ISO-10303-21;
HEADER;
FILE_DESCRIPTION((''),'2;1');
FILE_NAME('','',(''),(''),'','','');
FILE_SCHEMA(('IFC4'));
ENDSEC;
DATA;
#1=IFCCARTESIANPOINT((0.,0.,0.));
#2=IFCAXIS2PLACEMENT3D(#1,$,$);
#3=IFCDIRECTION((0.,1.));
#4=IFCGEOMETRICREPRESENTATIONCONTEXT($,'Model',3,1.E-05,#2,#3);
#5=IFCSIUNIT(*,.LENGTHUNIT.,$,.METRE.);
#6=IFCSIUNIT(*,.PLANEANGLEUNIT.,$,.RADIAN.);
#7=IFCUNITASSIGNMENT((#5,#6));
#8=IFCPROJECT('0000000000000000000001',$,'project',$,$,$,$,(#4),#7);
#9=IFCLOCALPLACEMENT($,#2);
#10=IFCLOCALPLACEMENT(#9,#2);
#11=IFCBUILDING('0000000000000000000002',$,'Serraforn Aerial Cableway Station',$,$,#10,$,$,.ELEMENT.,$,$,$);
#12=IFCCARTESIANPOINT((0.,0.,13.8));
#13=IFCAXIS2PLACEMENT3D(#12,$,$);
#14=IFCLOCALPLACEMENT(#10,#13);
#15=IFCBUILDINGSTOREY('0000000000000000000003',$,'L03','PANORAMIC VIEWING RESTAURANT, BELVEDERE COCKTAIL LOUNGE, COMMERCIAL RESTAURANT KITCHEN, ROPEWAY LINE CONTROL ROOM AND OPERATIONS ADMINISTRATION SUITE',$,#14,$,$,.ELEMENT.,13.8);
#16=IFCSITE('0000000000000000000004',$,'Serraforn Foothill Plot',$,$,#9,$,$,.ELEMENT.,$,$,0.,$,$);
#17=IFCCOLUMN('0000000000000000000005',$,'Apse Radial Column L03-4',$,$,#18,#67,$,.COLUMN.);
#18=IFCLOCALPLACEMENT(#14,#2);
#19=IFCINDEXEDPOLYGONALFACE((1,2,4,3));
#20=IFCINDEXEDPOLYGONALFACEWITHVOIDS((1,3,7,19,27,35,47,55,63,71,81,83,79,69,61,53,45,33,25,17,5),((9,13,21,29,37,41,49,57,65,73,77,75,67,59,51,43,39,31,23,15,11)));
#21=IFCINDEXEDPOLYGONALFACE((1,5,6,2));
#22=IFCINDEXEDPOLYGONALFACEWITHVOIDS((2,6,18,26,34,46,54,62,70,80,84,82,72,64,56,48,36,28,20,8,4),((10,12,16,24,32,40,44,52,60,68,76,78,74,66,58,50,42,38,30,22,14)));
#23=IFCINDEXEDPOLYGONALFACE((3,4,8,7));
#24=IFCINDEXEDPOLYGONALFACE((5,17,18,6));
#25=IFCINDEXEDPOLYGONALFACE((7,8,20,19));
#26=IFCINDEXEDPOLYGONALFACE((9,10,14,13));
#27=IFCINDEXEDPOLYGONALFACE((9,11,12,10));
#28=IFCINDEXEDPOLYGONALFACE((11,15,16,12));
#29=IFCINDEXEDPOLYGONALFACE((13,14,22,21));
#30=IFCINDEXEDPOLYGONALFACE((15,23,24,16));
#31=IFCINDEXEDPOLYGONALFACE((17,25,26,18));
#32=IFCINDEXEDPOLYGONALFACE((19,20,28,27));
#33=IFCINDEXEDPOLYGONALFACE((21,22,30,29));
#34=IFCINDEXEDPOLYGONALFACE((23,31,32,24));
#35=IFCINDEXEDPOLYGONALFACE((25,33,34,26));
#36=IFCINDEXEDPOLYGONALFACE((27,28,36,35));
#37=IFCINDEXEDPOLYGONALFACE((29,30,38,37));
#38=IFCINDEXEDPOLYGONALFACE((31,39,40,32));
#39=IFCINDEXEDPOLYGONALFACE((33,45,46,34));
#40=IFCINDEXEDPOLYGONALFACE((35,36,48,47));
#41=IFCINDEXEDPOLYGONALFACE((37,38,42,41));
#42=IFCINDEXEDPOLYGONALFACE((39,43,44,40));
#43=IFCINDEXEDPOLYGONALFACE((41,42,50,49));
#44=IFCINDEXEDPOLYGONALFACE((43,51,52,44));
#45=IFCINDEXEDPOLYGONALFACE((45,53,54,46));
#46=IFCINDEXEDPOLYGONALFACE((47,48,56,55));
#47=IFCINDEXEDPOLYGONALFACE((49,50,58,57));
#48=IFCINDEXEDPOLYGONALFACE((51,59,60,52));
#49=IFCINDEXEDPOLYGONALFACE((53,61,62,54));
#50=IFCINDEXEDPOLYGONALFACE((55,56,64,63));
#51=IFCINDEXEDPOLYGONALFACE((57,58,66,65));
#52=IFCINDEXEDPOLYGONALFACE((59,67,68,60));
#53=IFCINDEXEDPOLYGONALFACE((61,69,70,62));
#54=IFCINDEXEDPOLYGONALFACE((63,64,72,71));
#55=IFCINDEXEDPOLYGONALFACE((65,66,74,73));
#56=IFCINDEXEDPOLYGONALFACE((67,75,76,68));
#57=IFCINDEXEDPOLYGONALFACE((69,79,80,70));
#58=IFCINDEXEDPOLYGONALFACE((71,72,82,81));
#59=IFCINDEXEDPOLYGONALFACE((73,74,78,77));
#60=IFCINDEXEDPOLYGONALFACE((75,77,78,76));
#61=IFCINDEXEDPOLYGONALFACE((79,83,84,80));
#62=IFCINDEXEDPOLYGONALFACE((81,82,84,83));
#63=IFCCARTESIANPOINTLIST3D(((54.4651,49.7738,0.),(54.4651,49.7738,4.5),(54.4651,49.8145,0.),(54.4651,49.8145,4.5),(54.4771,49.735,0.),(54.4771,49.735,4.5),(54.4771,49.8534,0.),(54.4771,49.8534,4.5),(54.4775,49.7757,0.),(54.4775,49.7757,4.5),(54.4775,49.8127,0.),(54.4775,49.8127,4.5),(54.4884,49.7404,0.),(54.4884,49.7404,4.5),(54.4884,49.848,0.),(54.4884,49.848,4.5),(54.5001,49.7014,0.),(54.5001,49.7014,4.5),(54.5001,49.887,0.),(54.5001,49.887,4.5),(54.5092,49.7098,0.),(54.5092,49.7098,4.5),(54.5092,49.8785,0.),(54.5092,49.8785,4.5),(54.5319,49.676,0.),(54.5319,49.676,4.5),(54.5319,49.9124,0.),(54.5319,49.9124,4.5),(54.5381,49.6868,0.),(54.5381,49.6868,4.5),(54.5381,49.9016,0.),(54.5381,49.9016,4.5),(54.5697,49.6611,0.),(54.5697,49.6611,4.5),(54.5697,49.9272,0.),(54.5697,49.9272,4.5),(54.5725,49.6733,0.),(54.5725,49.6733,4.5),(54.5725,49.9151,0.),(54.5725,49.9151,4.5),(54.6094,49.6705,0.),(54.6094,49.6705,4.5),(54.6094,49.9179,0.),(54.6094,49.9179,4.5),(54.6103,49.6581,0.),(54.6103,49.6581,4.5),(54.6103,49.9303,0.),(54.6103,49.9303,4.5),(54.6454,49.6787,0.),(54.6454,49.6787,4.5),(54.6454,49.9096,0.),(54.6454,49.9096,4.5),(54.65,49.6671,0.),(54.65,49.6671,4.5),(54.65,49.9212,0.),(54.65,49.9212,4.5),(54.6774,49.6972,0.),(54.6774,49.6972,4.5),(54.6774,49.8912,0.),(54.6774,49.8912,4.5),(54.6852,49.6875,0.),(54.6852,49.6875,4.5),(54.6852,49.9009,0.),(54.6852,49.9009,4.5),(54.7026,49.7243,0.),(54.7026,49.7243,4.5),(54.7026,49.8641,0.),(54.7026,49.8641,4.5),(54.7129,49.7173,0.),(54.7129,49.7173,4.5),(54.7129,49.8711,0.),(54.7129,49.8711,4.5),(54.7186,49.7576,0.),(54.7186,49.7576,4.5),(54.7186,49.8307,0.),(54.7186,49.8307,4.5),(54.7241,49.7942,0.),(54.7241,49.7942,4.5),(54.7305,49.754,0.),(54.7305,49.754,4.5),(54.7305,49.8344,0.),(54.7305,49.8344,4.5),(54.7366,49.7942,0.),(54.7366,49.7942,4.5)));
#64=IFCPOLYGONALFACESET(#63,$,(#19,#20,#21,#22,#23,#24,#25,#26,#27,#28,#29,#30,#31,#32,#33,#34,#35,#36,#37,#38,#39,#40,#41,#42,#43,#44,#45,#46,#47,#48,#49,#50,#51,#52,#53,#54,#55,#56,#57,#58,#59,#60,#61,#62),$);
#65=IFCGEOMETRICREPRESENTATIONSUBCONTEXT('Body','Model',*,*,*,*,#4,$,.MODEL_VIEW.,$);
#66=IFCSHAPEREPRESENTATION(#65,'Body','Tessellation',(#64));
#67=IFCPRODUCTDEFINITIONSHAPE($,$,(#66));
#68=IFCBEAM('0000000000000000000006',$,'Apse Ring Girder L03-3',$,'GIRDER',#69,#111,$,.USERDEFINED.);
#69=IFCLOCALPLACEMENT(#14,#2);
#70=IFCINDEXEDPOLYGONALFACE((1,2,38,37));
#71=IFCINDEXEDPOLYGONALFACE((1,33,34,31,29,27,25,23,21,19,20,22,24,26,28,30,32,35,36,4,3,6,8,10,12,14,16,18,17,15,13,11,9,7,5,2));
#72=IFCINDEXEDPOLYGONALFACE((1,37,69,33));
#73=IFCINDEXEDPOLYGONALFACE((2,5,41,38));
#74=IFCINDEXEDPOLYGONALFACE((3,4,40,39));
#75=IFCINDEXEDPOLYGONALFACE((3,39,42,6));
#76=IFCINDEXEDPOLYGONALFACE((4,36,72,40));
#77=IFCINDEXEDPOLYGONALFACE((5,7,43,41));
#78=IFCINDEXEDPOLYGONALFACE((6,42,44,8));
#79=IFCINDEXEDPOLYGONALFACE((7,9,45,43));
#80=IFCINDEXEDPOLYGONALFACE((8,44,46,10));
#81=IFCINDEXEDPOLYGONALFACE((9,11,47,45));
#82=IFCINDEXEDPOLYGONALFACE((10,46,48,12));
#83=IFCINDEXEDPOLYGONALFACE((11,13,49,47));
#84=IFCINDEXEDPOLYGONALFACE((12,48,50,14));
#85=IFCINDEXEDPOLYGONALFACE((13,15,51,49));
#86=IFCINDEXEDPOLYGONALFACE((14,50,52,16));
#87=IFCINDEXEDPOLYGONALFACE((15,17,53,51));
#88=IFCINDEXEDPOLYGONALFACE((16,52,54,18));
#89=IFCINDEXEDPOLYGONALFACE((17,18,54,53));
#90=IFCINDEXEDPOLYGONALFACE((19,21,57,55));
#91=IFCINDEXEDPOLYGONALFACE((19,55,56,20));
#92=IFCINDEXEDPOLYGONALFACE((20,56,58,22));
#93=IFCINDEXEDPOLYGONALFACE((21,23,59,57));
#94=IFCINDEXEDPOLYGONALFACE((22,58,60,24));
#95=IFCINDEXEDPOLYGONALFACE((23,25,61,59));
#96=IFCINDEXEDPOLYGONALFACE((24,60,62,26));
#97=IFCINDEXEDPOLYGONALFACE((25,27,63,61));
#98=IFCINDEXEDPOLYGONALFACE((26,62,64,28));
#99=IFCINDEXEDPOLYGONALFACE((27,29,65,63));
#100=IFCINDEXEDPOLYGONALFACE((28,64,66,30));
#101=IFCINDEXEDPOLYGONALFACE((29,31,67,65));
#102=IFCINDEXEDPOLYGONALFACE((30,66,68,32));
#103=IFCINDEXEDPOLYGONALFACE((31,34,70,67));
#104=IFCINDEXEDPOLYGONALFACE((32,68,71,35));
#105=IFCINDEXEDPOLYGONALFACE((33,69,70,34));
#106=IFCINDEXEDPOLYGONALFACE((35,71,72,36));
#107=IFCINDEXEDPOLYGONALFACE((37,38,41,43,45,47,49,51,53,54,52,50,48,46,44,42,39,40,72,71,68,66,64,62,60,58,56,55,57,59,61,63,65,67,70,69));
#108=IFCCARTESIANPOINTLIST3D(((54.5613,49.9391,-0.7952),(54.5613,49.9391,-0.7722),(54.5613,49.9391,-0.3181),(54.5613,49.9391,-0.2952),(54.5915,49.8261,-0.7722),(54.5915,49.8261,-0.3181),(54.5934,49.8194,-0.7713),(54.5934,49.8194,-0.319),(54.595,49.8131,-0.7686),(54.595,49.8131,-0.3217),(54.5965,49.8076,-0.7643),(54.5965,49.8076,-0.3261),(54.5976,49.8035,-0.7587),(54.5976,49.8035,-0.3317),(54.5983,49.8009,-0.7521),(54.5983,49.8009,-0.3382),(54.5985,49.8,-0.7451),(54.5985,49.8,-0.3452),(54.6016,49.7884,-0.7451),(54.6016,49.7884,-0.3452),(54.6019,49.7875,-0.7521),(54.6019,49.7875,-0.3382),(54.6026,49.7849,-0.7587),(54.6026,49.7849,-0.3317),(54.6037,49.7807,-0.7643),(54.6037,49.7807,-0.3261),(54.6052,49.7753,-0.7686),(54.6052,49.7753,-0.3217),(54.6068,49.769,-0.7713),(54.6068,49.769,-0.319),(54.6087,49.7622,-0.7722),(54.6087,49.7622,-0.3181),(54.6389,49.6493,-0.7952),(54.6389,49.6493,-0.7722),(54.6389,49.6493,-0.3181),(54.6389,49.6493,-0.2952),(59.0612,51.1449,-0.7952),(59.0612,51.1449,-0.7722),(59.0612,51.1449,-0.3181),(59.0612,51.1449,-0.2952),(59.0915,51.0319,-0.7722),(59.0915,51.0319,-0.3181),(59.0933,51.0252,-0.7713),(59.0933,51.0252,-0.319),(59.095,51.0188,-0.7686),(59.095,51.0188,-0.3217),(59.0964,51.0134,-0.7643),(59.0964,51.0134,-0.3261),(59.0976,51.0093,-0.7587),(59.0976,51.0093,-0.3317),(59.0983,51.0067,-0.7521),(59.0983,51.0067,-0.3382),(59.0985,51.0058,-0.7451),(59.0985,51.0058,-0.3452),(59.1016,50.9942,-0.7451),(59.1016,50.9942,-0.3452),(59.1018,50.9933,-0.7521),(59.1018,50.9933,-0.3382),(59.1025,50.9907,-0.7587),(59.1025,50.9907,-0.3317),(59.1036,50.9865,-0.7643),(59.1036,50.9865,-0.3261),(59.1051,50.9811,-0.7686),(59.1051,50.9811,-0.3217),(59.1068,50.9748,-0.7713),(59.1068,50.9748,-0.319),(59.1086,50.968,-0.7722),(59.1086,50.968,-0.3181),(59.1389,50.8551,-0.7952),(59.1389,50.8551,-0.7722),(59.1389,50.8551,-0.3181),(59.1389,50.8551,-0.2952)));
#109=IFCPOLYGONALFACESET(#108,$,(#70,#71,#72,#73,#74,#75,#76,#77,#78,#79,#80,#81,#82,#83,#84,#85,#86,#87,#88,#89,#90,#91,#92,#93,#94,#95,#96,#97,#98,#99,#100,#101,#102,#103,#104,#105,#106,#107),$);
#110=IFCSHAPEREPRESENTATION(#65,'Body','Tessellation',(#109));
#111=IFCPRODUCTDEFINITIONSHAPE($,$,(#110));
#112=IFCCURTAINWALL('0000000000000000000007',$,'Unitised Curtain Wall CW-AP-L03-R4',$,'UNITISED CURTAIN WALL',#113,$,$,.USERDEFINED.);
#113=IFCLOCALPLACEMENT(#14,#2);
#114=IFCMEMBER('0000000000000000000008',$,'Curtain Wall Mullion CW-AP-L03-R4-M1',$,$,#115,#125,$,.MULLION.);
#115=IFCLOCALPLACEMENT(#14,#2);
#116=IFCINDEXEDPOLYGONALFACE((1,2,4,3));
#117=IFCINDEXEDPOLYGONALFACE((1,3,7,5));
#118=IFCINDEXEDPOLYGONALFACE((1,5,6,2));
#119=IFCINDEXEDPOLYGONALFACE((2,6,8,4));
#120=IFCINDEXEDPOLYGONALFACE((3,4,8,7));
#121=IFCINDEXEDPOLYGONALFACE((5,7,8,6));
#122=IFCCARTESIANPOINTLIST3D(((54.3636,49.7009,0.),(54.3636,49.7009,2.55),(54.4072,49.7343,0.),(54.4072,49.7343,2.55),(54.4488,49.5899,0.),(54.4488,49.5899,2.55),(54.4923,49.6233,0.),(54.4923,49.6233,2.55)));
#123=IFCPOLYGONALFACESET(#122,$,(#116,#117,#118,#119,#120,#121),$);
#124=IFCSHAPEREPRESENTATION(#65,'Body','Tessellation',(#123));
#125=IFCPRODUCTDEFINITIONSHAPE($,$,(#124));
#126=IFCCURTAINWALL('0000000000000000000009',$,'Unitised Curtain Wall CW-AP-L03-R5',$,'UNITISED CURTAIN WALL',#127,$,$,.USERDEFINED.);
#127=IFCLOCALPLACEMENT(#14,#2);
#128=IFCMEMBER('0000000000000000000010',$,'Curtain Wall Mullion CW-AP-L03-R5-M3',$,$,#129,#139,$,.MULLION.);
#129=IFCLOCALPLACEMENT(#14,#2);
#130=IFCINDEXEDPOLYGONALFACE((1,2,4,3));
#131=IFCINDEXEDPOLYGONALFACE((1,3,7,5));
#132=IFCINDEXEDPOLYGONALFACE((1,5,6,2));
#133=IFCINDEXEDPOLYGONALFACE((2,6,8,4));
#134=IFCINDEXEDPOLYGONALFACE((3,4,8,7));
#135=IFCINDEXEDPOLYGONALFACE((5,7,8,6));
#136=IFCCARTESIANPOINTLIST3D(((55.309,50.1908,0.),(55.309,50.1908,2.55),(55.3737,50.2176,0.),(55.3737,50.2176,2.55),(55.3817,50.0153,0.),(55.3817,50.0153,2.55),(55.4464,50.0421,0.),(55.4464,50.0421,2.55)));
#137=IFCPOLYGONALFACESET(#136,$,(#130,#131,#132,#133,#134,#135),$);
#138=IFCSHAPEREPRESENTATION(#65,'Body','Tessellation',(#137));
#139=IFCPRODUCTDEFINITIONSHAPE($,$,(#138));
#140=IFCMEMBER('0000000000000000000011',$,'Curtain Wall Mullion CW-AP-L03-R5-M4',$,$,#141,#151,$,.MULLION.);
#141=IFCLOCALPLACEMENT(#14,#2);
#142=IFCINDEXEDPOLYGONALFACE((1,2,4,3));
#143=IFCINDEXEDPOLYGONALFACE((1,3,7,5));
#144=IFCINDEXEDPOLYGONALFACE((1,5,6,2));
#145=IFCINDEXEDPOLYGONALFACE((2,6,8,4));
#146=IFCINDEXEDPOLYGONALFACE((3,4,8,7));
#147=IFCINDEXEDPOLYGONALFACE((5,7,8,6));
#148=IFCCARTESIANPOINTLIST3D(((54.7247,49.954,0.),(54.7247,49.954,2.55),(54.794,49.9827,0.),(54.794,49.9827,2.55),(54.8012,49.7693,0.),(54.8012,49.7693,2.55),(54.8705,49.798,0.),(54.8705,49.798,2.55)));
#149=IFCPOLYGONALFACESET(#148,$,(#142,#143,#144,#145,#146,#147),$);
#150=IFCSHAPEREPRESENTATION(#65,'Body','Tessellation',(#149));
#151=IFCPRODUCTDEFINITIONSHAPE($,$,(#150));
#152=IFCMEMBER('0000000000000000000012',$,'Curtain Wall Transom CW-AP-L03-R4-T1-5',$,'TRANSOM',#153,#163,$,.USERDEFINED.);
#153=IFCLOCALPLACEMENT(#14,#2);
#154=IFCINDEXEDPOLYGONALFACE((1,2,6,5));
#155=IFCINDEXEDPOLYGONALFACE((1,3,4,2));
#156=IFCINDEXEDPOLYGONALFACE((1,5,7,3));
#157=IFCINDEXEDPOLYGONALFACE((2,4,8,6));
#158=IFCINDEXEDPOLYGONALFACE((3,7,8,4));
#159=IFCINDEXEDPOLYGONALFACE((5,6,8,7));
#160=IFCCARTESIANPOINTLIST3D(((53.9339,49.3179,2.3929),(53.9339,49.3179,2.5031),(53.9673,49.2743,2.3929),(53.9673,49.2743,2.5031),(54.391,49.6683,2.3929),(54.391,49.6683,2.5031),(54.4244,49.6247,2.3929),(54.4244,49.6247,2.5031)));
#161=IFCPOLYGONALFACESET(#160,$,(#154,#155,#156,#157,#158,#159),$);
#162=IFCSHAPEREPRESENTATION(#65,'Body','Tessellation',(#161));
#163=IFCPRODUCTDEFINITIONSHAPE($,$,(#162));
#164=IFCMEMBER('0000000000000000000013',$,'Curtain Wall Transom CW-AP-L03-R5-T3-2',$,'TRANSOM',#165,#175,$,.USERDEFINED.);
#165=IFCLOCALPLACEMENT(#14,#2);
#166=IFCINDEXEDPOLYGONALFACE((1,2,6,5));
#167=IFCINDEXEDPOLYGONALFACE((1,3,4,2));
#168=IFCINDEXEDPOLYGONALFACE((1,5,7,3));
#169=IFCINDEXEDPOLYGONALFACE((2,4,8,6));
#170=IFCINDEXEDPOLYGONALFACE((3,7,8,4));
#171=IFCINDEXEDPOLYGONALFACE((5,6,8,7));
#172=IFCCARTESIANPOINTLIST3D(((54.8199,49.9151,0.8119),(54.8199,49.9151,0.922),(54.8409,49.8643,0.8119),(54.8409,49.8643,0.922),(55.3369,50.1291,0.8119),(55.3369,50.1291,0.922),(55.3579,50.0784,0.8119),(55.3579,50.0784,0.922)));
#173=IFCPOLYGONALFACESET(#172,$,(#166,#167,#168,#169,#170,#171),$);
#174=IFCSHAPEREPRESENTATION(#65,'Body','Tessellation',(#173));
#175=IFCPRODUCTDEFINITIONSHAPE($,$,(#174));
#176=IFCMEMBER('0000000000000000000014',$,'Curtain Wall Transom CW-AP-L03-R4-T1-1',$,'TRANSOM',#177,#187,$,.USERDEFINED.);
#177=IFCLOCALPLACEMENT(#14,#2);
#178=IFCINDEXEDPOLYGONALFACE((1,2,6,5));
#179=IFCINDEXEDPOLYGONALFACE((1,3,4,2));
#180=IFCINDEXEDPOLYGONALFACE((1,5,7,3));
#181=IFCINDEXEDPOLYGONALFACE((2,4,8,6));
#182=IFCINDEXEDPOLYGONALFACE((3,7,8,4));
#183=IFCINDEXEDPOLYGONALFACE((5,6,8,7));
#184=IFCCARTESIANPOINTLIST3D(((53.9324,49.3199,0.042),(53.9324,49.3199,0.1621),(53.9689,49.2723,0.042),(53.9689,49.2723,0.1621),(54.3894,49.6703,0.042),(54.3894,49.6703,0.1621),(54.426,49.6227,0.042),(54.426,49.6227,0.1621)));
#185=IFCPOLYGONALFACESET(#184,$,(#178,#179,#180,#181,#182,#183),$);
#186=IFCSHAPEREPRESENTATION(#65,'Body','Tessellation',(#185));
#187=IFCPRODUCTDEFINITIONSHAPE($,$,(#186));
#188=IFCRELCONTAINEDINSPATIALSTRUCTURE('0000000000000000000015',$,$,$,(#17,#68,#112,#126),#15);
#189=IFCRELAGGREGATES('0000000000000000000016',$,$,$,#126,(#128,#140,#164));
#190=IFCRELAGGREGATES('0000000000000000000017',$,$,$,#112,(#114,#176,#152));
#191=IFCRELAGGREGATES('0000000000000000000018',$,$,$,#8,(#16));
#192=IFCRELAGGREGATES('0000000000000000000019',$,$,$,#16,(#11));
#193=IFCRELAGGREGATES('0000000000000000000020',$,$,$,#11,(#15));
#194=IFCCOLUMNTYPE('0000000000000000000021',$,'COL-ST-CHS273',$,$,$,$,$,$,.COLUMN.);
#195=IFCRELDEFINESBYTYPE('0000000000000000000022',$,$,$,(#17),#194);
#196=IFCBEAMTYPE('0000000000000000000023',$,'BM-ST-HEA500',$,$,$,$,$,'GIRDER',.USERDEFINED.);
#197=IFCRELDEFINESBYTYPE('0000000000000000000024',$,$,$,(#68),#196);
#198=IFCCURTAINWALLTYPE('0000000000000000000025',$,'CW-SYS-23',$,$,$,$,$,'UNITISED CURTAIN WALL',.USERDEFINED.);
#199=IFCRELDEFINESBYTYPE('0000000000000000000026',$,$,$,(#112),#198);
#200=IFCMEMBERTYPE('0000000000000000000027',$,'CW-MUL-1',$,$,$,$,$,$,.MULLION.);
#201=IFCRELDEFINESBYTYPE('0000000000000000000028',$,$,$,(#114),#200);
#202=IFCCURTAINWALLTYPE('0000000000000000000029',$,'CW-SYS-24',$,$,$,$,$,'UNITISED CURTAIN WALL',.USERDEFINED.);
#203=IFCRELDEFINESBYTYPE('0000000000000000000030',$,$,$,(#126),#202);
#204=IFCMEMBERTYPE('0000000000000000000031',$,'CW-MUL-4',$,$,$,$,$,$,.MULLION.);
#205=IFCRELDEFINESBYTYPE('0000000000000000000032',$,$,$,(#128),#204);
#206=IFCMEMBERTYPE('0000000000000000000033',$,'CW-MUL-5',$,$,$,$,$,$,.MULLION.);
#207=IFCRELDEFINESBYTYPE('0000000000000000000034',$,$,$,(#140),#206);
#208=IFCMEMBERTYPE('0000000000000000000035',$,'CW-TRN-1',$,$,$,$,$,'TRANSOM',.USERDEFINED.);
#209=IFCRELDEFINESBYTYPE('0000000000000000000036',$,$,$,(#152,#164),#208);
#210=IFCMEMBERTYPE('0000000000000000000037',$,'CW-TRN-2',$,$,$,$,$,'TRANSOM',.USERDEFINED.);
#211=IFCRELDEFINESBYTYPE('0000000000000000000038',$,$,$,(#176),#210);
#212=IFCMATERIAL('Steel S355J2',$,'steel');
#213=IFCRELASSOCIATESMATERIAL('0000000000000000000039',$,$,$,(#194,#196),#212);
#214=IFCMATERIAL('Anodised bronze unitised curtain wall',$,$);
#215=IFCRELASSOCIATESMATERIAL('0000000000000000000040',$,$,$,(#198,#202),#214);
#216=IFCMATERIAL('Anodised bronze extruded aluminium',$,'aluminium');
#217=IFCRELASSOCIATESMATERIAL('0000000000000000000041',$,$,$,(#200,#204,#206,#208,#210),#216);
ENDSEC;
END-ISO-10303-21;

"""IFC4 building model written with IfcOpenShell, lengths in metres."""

from ifc_helpers import new_model, si_unit, direction, frame, origin, origin_2d, place, context, subcontext, project, spatial, rectangle, hollow_circle, i_section, extrude, material, material_profile, profile_set, type_object, element, aggregate, save


model = new_model("IFC4")

# Units and contexts
model_context = context("Model", 3, precision=1e-05, world=origin(), true_north=direction((0.0, 1.0)))
body_context = subcontext(model_context, "Body", "Model", "MODEL_VIEW")
ifc_project = project(units=[si_unit("LENGTHUNIT", "METRE"), si_unit("PLANEANGLEUNIT", "RADIAN")], contexts=[model_context])

# Site, building, storey
site_placement = place(None, origin())
site = spatial("IfcSite", under=ifc_project, at=site_placement, Name="Serraforn Foothill Plot", CompositionType="ELEMENT", RefElevation=0.0)
building_placement = place(site_placement, origin())
building = spatial("IfcBuilding", under=site, at=building_placement, Name="Serraforn Aerial Cableway Station", CompositionType="ELEMENT")
storey_placement = place(building_placement, frame((0.0, 0.0, 13.8)))
storey = spatial("IfcBuildingStorey", under=building, at=storey_placement, Name="L03", Description="PANORAMIC VIEWING RESTAURANT, BELVEDERE COCKTAIL LOUNGE, COMMERCIAL RESTAURANT KITCHEN, ROPEWAY LINE CONTROL ROOM AND OPERATIONS ADMINISTRATION SUITE", CompositionType="ELEMENT", Elevation=13.8)

# Column
ifc_material_1 = material(Name="Steel S355J2", Category="steel")
ifc_material_profile_1 = material_profile(ifc_material_1, hollow_circle(Radius=0.1365, WallThickness=0.0125, at=origin_2d()), Name="CHS 273.0x12.5")
ifc_profile_set_1 = profile_set([ifc_material_profile_1], Name="Steel S355J2")
column_type = type_object("IfcColumnType", Name="COL-ST-CHS273", PredefinedType="COLUMN", material=ifc_profile_set_1)
column_placement = place(storey_placement, frame((54.6001, 49.7942, 0.0), z_axis=(0.0, 0.0, 1.0), x_axis=(1.0, 0.0, 0.0)))
element("IfcColumn", 1, at=column_placement, inside=storey, type_object=column_type, Name="Apse Radial Column L03-4", PredefinedType="COLUMN", context=body_context, shape_type="SweptSolid", body=[
    extrude(hollow_circle(Radius=0.1365, WallThickness=0.0125, at=origin_2d()), origin(), (0.0, 0.0, 1.0), 4.5),
])

# Beam
ifc_material_profile_2 = material_profile(ifc_material_1, i_section(OverallWidth=0.3, OverallDepth=0.5, WebThickness=0.012, FlangeThickness=0.0229, FilletRadius=0.0271, at=origin_2d()), Name="HEA 500")
ifc_profile_set_2 = profile_set([ifc_material_profile_2], Name="Steel S355J2")
beam_type = type_object("IfcBeamType", Name="BM-ST-HEA500", ElementType="GIRDER", PredefinedType="USERDEFINED", material=ifc_profile_set_2)
beam_placement = place(storey_placement, frame((54.6001, 49.7942, -0.5452), z_axis=(0.965924, 0.258827, 0.0), x_axis=(-0.258827, 0.965924, 0.0)))
element("IfcBeam", 2, at=beam_placement, inside=storey, type_object=beam_type, Name="Apse Ring Girder L03-3", ObjectType="GIRDER", PredefinedType="USERDEFINED", context=body_context, shape_type="SweptSolid", body=[
    extrude(i_section(OverallWidth=0.3, OverallDepth=0.5, WebThickness=0.012, FlangeThickness=0.0229, FilletRadius=0.0271, at=origin_2d()), origin(), (0.0, 0.0, 1.0), 4.6587),
])

# Curtain wall, member
ifc_material_2 = material(Name="Anodised bronze unitised curtain wall")
curtain_wall_type_1 = type_object("IfcCurtainWallType", Name="CW-SYS-23", ElementType="UNITISED CURTAIN WALL", PredefinedType="USERDEFINED", material=ifc_material_2)
curtain_wall_1_placement = place(storey_placement, origin())
curtain_wall_1 = element("IfcCurtainWall", 3, at=curtain_wall_1_placement, inside=storey, type_object=curtain_wall_type_1, Name="Unitised Curtain Wall CW-AP-L03-R4", ObjectType="UNITISED CURTAIN WALL", PredefinedType="USERDEFINED")
ifc_material_3 = material(Name="Anodised bronze extruded aluminium", Category="aluminium")
ifc_material_profile_3 = material_profile(ifc_material_3, rectangle(XDim=0.0549, YDim=0.1399, at=origin_2d()), Name="CW MULLION 55x140")
ifc_profile_set_3 = profile_set([ifc_material_profile_3], Name="Anodised bronze extruded aluminium")
member_type_1 = type_object("IfcMemberType", Name="CW-MUL-1", PredefinedType="MULLION", material=ifc_profile_set_3)
member_1_placement = place(storey_placement, frame((54.428, 49.6621, 0.0), z_axis=(0.0, 0.0, 1.0), x_axis=(-0.793363, -0.608749, 0.0)))
member_1 = element("IfcMember", 4, at=member_1_placement, type_object=member_type_1, Name="Curtain Wall Mullion CW-AP-L03-R4-M1", PredefinedType="MULLION", context=body_context, shape_type="SweptSolid", body=[
    extrude(rectangle(XDim=0.0549, YDim=0.1399, at=origin_2d()), origin(), (0.0, 0.0, 1.0), 2.55),
])

# Curtain wall, members
curtain_wall_type_2 = type_object("IfcCurtainWallType", Name="CW-SYS-24", ElementType="UNITISED CURTAIN WALL", PredefinedType="USERDEFINED", material=ifc_material_2)
curtain_wall_2_placement = place(storey_placement, origin())
curtain_wall_2 = element("IfcCurtainWall", 5, at=curtain_wall_2_placement, inside=storey, type_object=curtain_wall_type_2, Name="Unitised Curtain Wall CW-AP-L03-R5", ObjectType="UNITISED CURTAIN WALL", PredefinedType="USERDEFINED")
ifc_material_profile_4 = material_profile(ifc_material_3, rectangle(XDim=0.0701, YDim=0.1899, at=origin_2d()), Name="CW MULLION 70x190")
ifc_profile_set_4 = profile_set([ifc_material_profile_4], Name="Anodised bronze extruded aluminium")
member_type_2 = type_object("IfcMemberType", Name="CW-MUL-4", PredefinedType="MULLION", material=ifc_profile_set_4)
member_2_placement = place(storey_placement, frame((55.3777, 50.1165, 0.0), z_axis=(0.0, 0.0, 1.0), x_axis=(-0.923887, -0.382666, 0.0)))
member_2 = element("IfcMember", 6, at=member_2_placement, type_object=member_type_2, Name="Curtain Wall Mullion CW-AP-L03-R5-M3", PredefinedType="MULLION", context=body_context, shape_type="SweptSolid", body=[
    extrude(rectangle(XDim=0.0701, YDim=0.1899, at=origin_2d()), origin(), (0.0, 0.0, 1.0), 2.55),
])
ifc_material_profile_5 = material_profile(ifc_material_3, rectangle(XDim=0.075, YDim=0.2, at=origin_2d()), Name="CW MULLION 75x200")
ifc_profile_set_5 = profile_set([ifc_material_profile_5], Name="Anodised bronze extruded aluminium")
member_type_3 = type_object("IfcMemberType", Name="CW-MUL-5", PredefinedType="MULLION", material=ifc_profile_set_5)
member_3_placement = place(storey_placement, frame((54.7976, 49.876, 0.0), z_axis=(0.0, 0.0, 1.0), x_axis=(-0.923887, -0.382666, 0.0)))
member_3 = element("IfcMember", 7, at=member_3_placement, type_object=member_type_3, Name="Curtain Wall Mullion CW-AP-L03-R5-M4", PredefinedType="MULLION", context=body_context, shape_type="SweptSolid", body=[
    extrude(rectangle(XDim=0.075, YDim=0.2, at=origin_2d()), origin(), (0.0, 0.0, 1.0), 2.55),
])

# Members
ifc_material_profile_6 = material_profile(ifc_material_3, rectangle(XDim=0.0549, YDim=0.1101, at=origin_2d()), Name="CW TRANSOM 55x110")
ifc_profile_set_6 = profile_set([ifc_material_profile_6], Name="Anodised bronze extruded aluminium")
member_type_4 = type_object("IfcMemberType", Name="CW-TRN-1", ElementType="TRANSOM", PredefinedType="USERDEFINED", material=ifc_profile_set_6)
member_4_placement = place(storey_placement, frame((54.4077, 49.6465, 2.448), z_axis=(-0.793647, -0.608378, 0.0), x_axis=(0.608378, -0.793647, 0.0)))
member_4 = element("IfcMember", 8, at=member_4_placement, type_object=member_type_4, Name="Curtain Wall Transom CW-AP-L03-R4-T1-5", ObjectType="TRANSOM", PredefinedType="USERDEFINED", context=body_context, shape_type="SweptSolid", body=[
    extrude(rectangle(XDim=0.0549, YDim=0.1101, at=origin_2d()), origin(), (0.0, 0.0, 1.0), 0.5759),
])
member_5_placement = place(storey_placement, frame((55.3474, 50.1038, 0.8669), z_axis=(-0.923926, -0.38257, 0.0), x_axis=(0.38257, -0.923926, 0.0)))
member_5 = element("IfcMember", 9, at=member_5_placement, type_object=member_type_4, Name="Curtain Wall Transom CW-AP-L03-R5-T3-2", ObjectType="TRANSOM", PredefinedType="USERDEFINED", context=body_context, shape_type="SweptSolid", body=[
    extrude(rectangle(XDim=0.0549, YDim=0.1101, at=origin_2d()), origin(), (0.0, 0.0, 1.0), 0.5596),
])
ifc_material_profile_7 = material_profile(ifc_material_3, rectangle(XDim=0.0601, YDim=0.1201, at=origin_2d()), Name="CW TRANSOM 60x120")
ifc_profile_set_7 = profile_set([ifc_material_profile_7], Name="Anodised bronze extruded aluminium")
member_type_5 = type_object("IfcMemberType", Name="CW-TRN-2", ElementType="TRANSOM", PredefinedType="USERDEFINED", material=ifc_profile_set_7)
member_6_placement = place(storey_placement, frame((54.4077, 49.6465, 0.1021), z_axis=(-0.793647, -0.608378, 0.0), x_axis=(0.608378, -0.793647, 0.0)))
member_6 = element("IfcMember", 10, at=member_6_placement, type_object=member_type_5, Name="Curtain Wall Transom CW-AP-L03-R4-T1-1", ObjectType="TRANSOM", PredefinedType="USERDEFINED", context=body_context, shape_type="SweptSolid", body=[
    extrude(rectangle(XDim=0.0601, YDim=0.1201, at=origin_2d()), origin(), (0.0, 0.0, 1.0), 0.5759),
])

aggregate(curtain_wall_2, [member_2, member_3, member_5])
aggregate(curtain_wall_1, [member_1, member_6, member_4])

save(model, "model.ifc")
